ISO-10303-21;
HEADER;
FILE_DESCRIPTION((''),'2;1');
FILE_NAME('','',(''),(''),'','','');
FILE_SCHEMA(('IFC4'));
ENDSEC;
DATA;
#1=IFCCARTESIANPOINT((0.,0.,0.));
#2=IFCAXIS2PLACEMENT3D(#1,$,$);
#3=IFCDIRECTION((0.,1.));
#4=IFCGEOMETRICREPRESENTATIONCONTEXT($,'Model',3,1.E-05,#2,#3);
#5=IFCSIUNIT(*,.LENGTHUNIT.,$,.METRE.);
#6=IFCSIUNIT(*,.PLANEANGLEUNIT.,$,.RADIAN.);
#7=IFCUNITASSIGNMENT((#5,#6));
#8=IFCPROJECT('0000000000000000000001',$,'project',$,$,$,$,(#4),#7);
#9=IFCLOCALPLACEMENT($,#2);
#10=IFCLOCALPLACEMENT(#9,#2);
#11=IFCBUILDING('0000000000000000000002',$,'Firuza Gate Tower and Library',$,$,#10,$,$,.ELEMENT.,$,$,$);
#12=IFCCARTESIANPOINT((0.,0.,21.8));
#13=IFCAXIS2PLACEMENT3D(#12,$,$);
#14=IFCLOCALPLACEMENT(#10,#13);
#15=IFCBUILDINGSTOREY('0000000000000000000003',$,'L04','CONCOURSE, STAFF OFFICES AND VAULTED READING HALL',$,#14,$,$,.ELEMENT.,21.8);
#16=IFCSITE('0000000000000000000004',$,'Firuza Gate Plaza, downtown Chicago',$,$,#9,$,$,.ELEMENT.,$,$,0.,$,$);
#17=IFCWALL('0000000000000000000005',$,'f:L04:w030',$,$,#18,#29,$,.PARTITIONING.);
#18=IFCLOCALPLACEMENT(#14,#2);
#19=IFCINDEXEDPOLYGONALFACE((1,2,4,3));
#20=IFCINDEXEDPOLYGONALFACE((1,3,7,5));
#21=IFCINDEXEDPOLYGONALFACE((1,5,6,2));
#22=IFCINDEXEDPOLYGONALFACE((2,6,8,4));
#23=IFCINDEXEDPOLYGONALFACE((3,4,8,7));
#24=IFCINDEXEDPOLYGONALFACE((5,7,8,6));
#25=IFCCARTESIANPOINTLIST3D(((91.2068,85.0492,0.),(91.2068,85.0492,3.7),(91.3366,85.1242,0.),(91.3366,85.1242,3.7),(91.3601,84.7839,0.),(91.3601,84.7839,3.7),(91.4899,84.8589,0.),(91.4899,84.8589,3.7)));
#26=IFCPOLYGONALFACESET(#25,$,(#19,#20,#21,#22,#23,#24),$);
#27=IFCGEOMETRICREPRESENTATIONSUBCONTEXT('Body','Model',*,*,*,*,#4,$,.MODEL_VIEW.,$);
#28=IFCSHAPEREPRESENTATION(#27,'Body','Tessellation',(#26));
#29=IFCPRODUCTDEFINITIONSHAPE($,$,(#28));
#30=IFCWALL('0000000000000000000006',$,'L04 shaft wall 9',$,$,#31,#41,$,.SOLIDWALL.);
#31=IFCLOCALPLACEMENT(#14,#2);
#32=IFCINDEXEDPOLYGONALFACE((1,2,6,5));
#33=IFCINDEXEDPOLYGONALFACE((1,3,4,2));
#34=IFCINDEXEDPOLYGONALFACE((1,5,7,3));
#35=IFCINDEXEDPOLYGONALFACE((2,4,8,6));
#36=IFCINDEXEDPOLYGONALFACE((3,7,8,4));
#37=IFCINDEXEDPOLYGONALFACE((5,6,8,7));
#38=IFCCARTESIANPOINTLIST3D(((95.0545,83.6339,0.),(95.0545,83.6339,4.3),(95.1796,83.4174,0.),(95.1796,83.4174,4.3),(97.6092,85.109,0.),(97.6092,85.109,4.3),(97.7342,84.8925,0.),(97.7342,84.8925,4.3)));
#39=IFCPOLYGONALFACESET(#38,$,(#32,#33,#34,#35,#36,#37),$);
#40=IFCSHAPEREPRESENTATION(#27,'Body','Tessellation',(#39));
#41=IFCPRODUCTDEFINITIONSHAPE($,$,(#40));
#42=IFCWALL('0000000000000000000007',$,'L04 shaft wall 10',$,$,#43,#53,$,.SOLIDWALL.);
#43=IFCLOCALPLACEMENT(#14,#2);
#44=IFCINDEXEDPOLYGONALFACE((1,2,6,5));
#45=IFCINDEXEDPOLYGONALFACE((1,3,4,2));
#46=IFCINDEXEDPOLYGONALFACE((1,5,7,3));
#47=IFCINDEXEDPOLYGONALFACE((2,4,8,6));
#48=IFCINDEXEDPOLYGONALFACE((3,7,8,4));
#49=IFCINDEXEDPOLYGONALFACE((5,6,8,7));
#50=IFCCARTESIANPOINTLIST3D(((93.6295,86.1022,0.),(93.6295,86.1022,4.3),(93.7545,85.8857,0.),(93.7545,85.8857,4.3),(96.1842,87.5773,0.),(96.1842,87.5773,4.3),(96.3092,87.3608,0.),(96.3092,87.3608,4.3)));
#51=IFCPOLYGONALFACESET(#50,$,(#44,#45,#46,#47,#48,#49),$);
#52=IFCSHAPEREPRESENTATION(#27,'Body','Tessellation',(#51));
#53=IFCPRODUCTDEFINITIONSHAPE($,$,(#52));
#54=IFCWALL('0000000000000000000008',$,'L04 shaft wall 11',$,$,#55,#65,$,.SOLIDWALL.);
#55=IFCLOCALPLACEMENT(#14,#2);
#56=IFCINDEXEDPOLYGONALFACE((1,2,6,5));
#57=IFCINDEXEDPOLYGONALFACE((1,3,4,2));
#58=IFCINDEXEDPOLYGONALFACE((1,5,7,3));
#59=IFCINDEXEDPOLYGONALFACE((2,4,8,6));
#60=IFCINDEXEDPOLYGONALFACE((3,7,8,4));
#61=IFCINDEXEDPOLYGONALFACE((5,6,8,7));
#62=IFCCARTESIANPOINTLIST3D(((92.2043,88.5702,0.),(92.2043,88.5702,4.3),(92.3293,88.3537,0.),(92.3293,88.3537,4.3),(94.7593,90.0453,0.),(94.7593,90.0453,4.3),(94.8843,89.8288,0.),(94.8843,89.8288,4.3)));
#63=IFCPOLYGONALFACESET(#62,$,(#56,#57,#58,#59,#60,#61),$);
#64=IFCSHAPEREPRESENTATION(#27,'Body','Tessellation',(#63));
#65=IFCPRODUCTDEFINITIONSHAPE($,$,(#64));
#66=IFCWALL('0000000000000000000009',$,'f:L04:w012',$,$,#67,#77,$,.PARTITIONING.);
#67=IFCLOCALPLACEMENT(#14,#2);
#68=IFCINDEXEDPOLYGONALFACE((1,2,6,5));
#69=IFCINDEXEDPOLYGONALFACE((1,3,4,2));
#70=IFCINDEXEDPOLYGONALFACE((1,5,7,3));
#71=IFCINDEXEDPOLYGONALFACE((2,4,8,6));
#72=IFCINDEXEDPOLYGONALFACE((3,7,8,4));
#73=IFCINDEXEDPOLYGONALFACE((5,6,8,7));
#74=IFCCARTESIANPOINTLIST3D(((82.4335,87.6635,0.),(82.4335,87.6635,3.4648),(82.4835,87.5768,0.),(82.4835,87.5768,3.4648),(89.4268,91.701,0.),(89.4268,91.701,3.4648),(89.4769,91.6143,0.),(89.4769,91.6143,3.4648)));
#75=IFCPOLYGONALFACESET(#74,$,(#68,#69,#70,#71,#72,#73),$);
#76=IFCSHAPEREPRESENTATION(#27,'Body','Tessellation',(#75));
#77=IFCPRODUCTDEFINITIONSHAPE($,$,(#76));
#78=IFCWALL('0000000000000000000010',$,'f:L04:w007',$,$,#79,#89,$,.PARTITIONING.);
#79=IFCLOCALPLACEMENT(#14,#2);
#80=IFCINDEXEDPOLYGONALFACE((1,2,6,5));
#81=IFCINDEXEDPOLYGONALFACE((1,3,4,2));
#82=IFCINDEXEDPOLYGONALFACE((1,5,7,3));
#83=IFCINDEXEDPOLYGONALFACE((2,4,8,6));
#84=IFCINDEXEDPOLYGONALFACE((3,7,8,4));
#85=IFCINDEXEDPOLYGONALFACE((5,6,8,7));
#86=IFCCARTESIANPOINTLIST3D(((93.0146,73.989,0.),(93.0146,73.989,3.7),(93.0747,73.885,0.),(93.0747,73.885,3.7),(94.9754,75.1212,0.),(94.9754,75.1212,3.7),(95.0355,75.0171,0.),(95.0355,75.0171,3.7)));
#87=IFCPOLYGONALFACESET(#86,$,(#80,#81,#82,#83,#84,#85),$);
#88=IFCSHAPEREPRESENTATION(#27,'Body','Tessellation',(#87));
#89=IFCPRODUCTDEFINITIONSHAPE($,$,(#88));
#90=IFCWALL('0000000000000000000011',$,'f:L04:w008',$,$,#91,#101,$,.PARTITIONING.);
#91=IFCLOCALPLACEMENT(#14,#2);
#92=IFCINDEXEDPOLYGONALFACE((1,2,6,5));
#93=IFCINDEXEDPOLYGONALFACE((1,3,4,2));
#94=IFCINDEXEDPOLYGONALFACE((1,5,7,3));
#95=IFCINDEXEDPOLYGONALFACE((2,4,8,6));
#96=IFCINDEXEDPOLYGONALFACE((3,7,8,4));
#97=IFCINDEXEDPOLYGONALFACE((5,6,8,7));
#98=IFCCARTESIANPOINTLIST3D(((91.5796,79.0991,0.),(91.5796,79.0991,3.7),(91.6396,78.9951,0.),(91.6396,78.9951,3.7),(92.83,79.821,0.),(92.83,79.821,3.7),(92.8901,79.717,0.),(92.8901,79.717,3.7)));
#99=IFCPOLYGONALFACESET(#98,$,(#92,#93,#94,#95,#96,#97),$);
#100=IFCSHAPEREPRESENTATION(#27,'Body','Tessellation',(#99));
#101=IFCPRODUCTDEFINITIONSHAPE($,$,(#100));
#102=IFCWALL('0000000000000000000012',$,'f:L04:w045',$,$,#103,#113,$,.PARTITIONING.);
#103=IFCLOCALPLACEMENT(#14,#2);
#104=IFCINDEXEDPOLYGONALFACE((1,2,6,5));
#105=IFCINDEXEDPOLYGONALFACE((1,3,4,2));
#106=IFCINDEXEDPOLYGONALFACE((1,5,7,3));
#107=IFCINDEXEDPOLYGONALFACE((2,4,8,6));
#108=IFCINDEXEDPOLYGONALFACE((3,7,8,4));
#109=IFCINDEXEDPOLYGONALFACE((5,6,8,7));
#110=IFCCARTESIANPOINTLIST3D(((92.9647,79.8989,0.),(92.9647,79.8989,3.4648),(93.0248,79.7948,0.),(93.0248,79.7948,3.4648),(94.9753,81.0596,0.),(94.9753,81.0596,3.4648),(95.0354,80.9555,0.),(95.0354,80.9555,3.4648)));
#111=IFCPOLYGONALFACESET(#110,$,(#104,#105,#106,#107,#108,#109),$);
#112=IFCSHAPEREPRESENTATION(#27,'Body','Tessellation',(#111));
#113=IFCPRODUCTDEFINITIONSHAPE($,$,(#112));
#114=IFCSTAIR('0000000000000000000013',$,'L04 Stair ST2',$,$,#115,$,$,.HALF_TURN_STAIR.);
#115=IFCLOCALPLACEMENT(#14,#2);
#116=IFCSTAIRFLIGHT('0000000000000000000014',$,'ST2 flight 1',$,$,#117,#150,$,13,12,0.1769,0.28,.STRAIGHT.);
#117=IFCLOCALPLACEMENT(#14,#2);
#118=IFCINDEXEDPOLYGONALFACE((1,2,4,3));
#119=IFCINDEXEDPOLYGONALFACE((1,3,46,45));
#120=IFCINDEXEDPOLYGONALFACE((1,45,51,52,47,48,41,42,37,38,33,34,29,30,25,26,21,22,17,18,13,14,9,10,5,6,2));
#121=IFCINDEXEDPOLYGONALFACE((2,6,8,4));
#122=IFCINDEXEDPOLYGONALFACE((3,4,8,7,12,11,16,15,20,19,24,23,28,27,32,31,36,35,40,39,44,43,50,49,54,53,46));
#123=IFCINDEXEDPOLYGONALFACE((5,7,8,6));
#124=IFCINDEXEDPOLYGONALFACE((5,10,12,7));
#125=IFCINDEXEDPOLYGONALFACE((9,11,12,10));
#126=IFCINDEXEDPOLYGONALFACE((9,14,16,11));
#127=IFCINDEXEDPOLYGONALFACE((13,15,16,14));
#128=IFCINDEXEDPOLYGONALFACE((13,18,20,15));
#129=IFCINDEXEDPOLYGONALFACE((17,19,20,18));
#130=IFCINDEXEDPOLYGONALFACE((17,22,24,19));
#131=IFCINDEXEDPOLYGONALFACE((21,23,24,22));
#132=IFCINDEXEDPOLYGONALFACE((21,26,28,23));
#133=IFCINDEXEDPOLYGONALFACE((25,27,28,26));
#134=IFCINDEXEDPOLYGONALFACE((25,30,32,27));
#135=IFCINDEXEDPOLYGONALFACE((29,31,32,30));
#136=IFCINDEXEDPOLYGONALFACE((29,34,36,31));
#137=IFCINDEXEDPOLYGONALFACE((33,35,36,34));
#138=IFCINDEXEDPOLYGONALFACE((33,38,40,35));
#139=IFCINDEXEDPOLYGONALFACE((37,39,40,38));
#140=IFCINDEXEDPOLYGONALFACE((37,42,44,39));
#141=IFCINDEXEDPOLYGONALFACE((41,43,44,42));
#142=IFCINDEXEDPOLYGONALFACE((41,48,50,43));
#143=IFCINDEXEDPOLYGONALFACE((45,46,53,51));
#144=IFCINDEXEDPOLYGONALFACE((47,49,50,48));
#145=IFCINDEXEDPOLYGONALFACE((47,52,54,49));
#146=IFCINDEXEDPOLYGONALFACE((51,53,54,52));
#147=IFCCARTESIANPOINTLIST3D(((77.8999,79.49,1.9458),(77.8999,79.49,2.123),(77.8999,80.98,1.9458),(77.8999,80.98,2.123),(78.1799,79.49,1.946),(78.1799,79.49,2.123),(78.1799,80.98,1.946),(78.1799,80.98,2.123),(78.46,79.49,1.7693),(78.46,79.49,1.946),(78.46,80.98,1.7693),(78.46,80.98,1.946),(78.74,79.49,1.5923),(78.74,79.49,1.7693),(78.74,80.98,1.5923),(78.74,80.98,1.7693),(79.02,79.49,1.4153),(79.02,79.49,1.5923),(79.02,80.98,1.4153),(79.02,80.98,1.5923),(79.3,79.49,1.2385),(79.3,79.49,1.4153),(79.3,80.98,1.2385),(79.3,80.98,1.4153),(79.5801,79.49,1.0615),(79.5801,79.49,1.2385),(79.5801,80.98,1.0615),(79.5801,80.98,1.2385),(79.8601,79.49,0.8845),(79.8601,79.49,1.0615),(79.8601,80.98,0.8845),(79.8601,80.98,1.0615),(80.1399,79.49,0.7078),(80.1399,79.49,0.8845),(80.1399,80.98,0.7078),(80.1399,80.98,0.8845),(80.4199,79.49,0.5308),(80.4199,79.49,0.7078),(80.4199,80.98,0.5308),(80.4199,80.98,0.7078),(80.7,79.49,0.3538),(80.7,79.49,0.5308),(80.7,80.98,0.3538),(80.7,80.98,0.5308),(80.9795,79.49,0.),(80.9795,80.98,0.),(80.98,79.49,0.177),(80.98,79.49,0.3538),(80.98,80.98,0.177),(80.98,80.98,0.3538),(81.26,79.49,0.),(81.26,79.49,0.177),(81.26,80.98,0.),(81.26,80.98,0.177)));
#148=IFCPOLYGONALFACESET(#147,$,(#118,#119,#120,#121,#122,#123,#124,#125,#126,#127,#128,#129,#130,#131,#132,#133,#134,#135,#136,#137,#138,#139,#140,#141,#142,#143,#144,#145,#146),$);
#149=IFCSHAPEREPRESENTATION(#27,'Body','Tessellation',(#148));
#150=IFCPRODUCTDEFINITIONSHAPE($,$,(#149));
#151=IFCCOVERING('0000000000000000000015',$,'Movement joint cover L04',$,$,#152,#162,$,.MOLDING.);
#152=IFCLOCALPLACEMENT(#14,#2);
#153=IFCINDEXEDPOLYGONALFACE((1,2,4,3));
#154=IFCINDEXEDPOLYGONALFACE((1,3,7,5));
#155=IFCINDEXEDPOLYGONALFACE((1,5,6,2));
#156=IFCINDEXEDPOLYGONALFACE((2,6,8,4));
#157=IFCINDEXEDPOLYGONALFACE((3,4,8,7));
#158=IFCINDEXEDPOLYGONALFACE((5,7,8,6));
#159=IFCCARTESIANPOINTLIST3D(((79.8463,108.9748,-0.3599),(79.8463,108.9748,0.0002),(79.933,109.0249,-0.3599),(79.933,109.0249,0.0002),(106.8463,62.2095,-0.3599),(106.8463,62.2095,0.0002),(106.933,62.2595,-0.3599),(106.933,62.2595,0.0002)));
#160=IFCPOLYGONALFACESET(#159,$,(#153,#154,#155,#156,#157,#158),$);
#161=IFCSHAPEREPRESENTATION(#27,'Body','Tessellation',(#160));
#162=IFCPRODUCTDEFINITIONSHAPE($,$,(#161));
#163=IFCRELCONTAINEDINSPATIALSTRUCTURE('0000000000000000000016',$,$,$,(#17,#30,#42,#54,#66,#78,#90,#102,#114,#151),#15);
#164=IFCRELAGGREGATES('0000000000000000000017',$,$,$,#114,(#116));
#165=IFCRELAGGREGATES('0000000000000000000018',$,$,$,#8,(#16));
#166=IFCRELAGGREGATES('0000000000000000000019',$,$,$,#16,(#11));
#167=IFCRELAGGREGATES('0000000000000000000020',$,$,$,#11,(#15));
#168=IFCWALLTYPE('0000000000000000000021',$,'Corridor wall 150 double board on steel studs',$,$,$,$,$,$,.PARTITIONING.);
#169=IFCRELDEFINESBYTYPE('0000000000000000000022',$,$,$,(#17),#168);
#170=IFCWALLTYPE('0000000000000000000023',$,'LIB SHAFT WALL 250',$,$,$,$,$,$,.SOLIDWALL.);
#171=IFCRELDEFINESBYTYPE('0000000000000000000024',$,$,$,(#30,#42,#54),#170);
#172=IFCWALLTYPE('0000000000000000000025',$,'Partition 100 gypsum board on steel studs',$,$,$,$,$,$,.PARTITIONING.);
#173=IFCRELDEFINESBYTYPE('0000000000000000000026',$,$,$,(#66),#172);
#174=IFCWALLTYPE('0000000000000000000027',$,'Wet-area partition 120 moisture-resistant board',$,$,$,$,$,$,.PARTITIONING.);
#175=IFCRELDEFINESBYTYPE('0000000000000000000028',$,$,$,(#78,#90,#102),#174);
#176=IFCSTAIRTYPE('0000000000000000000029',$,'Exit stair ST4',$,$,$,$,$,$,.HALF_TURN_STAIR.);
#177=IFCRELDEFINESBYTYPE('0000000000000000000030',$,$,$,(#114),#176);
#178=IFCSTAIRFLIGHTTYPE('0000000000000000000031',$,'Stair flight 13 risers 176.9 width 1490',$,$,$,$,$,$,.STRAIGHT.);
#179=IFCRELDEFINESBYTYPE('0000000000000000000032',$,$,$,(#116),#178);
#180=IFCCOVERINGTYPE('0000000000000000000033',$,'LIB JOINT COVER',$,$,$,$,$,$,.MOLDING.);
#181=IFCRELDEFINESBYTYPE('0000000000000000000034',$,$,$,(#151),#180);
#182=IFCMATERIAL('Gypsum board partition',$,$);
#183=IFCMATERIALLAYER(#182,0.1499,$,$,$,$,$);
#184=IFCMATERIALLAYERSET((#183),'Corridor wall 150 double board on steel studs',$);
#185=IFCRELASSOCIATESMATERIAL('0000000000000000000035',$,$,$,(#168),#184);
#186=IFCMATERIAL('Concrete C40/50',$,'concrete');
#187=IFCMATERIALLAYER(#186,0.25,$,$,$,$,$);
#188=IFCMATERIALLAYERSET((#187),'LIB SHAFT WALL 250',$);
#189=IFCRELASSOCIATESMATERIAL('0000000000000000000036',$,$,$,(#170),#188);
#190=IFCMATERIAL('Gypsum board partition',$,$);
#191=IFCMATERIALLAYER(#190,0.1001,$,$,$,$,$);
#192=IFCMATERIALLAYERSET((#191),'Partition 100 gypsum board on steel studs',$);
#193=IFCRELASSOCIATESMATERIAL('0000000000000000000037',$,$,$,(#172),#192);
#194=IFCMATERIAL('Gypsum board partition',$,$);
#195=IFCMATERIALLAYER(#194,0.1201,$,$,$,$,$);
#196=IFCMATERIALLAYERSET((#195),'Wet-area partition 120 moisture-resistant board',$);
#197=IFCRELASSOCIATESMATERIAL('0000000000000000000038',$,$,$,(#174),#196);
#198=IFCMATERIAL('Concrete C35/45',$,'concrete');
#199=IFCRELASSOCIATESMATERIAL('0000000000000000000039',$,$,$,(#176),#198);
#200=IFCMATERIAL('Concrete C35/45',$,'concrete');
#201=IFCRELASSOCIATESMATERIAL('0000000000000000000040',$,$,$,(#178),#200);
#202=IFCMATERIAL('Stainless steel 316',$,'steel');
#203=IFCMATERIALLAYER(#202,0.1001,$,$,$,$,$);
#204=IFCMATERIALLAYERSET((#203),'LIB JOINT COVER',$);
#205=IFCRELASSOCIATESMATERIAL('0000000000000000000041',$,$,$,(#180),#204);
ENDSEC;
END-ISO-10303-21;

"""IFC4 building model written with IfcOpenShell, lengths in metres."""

from ifc_helpers import new_model, si_unit, direction, frame, frame_2d, origin, origin_2d, place, context, subcontext, project, spatial, polyline, rectangle, outline, extrude, material, layer, layer_set, type_object, element, aggregate, save


model = new_model("IFC4")

# Units and contexts
model_context = context("Model", 3, precision=1e-05, world=origin(), true_north=direction((0.0, 1.0)))
body_context = subcontext(model_context, "Body", "Model", "MODEL_VIEW")
ifc_project = project(units=[si_unit("LENGTHUNIT", "METRE"), si_unit("PLANEANGLEUNIT", "RADIAN")], contexts=[model_context])

# Site, building, storey
site_placement = place(None, origin())
site = spatial("IfcSite", under=ifc_project, at=site_placement, Name="Firuza Gate Plaza, downtown Chicago", CompositionType="ELEMENT", RefElevation=0.0)
building_placement = place(site_placement, origin())
building = spatial("IfcBuilding", under=site, at=building_placement, Name="Firuza Gate Tower and Library", CompositionType="ELEMENT")
storey_placement = place(building_placement, frame((0.0, 0.0, 21.8)))
storey = spatial("IfcBuildingStorey", under=building, at=storey_placement, Name="L04", Description="CONCOURSE, STAFF OFFICES AND VAULTED READING HALL", CompositionType="ELEMENT", Elevation=21.8)

# Shared definitions
placement = place(storey_placement, origin())

# Shared definitions
ifc_material_1 = material(Name="Gypsum board partition")
ifc_layer_1 = layer(ifc_material_1, 0.1499)
ifc_layer_set_1 = layer_set([ifc_layer_1], Name="Corridor wall 150 double board on steel studs")
wall_type_1 = type_object("IfcWallType", Name="Corridor wall 150 double board on steel studs", PredefinedType="PARTITIONING", material=ifc_layer_set_1)

# Walls
wall_1_placement = place(storey_placement, frame((91.425, 84.8213, 0.0), z_axis=(0.0, 0.0, 1.0), x_axis=(-0.500251, 0.86588, 0.0)))
element("IfcWall", 1, at=wall_1_placement, inside=storey, type_object=wall_type_1, Name="f:L04:w030", PredefinedType="PARTITIONING", context=body_context, shape_type="SweptSolid", body=[
    extrude(rectangle(XDim=0.3064, YDim=0.1499, at=frame_2d((0.1533, 0.0))), origin(), (0.0, 0.0, 1.0), 3.7),
])
ifc_material_2 = material(Name="Concrete C40/50", Category="concrete")
ifc_layer_2 = layer(ifc_material_2, 0.25)
ifc_layer_set_2 = layer_set([ifc_layer_2], Name="LIB SHAFT WALL 250")
wall_type_2 = type_object("IfcWallType", Name="LIB SHAFT WALL 250", PredefinedType="SOLIDWALL", material=ifc_layer_set_2)
for number, where, z_axis, x_axis, name in (
    (2, (95.1169, 83.5256, 0.0), (0.0, 0.0, 1.0), (0.866004, 0.500038, 0.0), "L04 shaft wall 9"),
    (3, (93.6919, 85.9939, 0.0), (0.0, 0.0, 1.0), (0.866004, 0.500038, 0.0), "L04 shaft wall 10"),
):
    element("IfcWall", number, at=place(storey_placement, frame(where, z_axis=z_axis, x_axis=x_axis)), inside=storey, type_object=wall_type_2, Name=name, PredefinedType="SOLIDWALL", context=body_context, shape_type="SweptSolid", body=[
        extrude(rectangle(XDim=2.95, YDim=0.25, at=frame_2d((1.4751, 0.0))), origin(), (0.0, 0.0, 1.0), 4.3),
    ])
wall_2_placement = place(storey_placement, frame((92.2668, 88.4619, 0.0), z_axis=(0.0, 0.0, 1.0), x_axis=(0.866024, 0.500002, 0.0)))
element("IfcWall", 4, at=wall_2_placement, inside=storey, type_object=wall_type_2, Name="L04 shaft wall 11", PredefinedType="SOLIDWALL", context=body_context, shape_type="SweptSolid", body=[
    extrude(rectangle(XDim=2.9502, YDim=0.25, at=frame_2d((1.4751, 0.0))), origin(), (0.0, 0.0, 1.0), 4.3),
])
ifc_material_3 = material(Name="Gypsum board partition")
ifc_layer_3 = layer(ifc_material_3, 0.1001)
ifc_layer_set_3 = layer_set([ifc_layer_3], Name="Partition 100 gypsum board on steel studs")
wall_type_3 = type_object("IfcWallType", Name="Partition 100 gypsum board on steel studs", PredefinedType="PARTITIONING", material=ifc_layer_set_3)
wall_3_placement = place(storey_placement, frame((82.4585, 87.6201, 0.0), z_axis=(0.0, 0.0, 1.0), x_axis=(0.866028, 0.499995, 0.0)))
element("IfcWall", 5, at=wall_3_placement, inside=storey, type_object=wall_type_3, Name="f:L04:w012", PredefinedType="PARTITIONING", context=body_context, shape_type="SweptSolid", body=[
    extrude(rectangle(XDim=8.0752, YDim=0.1001, at=frame_2d((4.0376, 0.0))), origin(), (0.0, 0.0, 1.0), 3.4648),
])
ifc_material_4 = material(Name="Gypsum board partition")
ifc_layer_4 = layer(ifc_material_4, 0.1201)
ifc_layer_set_4 = layer_set([ifc_layer_4], Name="Wet-area partition 120 moisture-resistant board")
wall_type_4 = type_object("IfcWallType", Name="Wet-area partition 120 moisture-resistant board", PredefinedType="PARTITIONING", material=ifc_layer_set_4)
wall_4_placement = place(storey_placement, frame((93.0447, 73.937, 0.0), z_axis=(0.0, 0.0, 1.0), x_axis=(0.866011, 0.500024, 0.0)))
element("IfcWall", 6, at=wall_4_placement, inside=storey, type_object=wall_type_4, Name="f:L04:w007", PredefinedType="PARTITIONING", context=body_context, shape_type="SweptSolid", body=[
    extrude(rectangle(XDim=2.2642, YDim=0.1201, at=frame_2d((1.1321, 0.0))), origin(), (0.0, 0.0, 1.0), 3.7),
])
wall_5_placement = place(storey_placement, frame((91.6096, 79.0471, 0.0), z_axis=(0.0, 0.0, 1.0), x_axis=(0.866039, 0.499976, 0.0)))
element("IfcWall", 7, at=wall_5_placement, inside=storey, type_object=wall_type_4, Name="f:L04:w008", PredefinedType="PARTITIONING", context=body_context, shape_type="SweptSolid", body=[
    extrude(rectangle(XDim=1.4438, YDim=0.1201, at=frame_2d((0.7219, 0.0))), origin(), (0.0, 0.0, 1.0), 3.7),
])
wall_6_placement = place(storey_placement, frame((92.9949, 79.8469, 0.0), z_axis=(0.0, 0.0, 1.0), x_axis=(0.866047, 0.499962, 0.0)))
element("IfcWall", 8, at=wall_6_placement, inside=storey, type_object=wall_type_4, Name="f:L04:w045", PredefinedType="PARTITIONING", context=body_context, shape_type="SweptSolid", body=[
    extrude(rectangle(XDim=2.3215, YDim=0.1201, at=frame_2d((1.1606, 0.0))), origin(), (0.0, 0.0, 1.0), 3.4648),
])

# Stair, stair flight
ifc_material_5 = material(Name="Concrete C35/45", Category="concrete")
stair_type = type_object("IfcStairType", Name="Exit stair ST4", PredefinedType="HALF_TURN_STAIR", material=ifc_material_5)
stair = element("IfcStair", 9, at=placement, inside=storey, type_object=stair_type, Name="L04 Stair ST2", PredefinedType="HALF_TURN_STAIR")
ifc_material_6 = material(Name="Concrete C35/45", Category="concrete")
stair_flight_type = type_object("IfcStairFlightType", Name="Stair flight 13 risers 176.9 width 1490", PredefinedType="STRAIGHT", material=ifc_material_6)
stair_flight_placement = place(storey_placement, frame((81.26, 80.2351, 0.0), z_axis=(0.0, 0.0, 1.0), x_axis=(-1.0, 0.0, 0.0)))
stair_flight = element("IfcStairFlight", 10, at=stair_flight_placement, type_object=stair_flight_type, Name="ST2 flight 1", NumberOfRisers=13, NumberOfTreads=12, PredefinedType="STRAIGHT", RiserHeight=0.1769, TreadLength=0.28, context=body_context, shape_type="SweptSolid", body=[
    extrude(outline(polyline([(0.0, 0.0), (0.0, 0.177), (0.28, 0.177), (0.28, 0.3538), (0.5601, 0.3538), (0.5601, 0.5308), (0.8401, 0.5308), (0.8401, 0.7078), (1.1201, 0.7078), (1.1201, 0.8845), (1.3999, 0.8845), (1.3999, 1.0615), (1.6799, 1.0615), (1.6799, 1.2385), (1.96, 1.2385), (1.96, 1.4153), (2.24, 1.4153), (2.24, 1.5923), (2.52, 1.5923), (2.52, 1.7693), (2.8, 1.7693), (2.8, 1.946), (3.0801, 1.946), (3.0801, 2.123), (3.3601, 2.123), (3.3601, 2.3), (3.3601, 1.9458), (0.2805, 0.0), (0.0, 0.0)])), frame((0.0, 0.7451, 0.0), z_axis=(0.0, -1.0, 0.0), x_axis=(1.0, 0.0, 0.0)), (0.0, 0.0, 1.0), 1.49),
])
aggregate(stair, [stair_flight])

# Covering
ifc_material_7 = material(Name="Stainless steel 316", Category="steel")
ifc_layer_5 = layer(ifc_material_7, 0.1001)
ifc_layer_set_5 = layer_set([ifc_layer_5], Name="LIB JOINT COVER")
covering_type = type_object("IfcCoveringType", Name="LIB JOINT COVER", PredefinedType="MOLDING", material=ifc_layer_set_5)
covering_placement = place(storey_placement, frame((93.3896, 85.6172, -0.3599), z_axis=(0.0, 0.0, 1.0), x_axis=(-0.5, 0.866025, 0.0)))
element("IfcCovering", 11, at=covering_placement, inside=storey, type_object=covering_type, Name="Movement joint cover L04", PredefinedType="MOLDING", context=body_context, shape_type="SweptSolid", body=[
    extrude(rectangle(XDim=54.0, YDim=0.1001, at=origin_2d()), origin(), (0.0, 0.0, 1.0), 0.3601),
])

save(model, "model.ifc")
